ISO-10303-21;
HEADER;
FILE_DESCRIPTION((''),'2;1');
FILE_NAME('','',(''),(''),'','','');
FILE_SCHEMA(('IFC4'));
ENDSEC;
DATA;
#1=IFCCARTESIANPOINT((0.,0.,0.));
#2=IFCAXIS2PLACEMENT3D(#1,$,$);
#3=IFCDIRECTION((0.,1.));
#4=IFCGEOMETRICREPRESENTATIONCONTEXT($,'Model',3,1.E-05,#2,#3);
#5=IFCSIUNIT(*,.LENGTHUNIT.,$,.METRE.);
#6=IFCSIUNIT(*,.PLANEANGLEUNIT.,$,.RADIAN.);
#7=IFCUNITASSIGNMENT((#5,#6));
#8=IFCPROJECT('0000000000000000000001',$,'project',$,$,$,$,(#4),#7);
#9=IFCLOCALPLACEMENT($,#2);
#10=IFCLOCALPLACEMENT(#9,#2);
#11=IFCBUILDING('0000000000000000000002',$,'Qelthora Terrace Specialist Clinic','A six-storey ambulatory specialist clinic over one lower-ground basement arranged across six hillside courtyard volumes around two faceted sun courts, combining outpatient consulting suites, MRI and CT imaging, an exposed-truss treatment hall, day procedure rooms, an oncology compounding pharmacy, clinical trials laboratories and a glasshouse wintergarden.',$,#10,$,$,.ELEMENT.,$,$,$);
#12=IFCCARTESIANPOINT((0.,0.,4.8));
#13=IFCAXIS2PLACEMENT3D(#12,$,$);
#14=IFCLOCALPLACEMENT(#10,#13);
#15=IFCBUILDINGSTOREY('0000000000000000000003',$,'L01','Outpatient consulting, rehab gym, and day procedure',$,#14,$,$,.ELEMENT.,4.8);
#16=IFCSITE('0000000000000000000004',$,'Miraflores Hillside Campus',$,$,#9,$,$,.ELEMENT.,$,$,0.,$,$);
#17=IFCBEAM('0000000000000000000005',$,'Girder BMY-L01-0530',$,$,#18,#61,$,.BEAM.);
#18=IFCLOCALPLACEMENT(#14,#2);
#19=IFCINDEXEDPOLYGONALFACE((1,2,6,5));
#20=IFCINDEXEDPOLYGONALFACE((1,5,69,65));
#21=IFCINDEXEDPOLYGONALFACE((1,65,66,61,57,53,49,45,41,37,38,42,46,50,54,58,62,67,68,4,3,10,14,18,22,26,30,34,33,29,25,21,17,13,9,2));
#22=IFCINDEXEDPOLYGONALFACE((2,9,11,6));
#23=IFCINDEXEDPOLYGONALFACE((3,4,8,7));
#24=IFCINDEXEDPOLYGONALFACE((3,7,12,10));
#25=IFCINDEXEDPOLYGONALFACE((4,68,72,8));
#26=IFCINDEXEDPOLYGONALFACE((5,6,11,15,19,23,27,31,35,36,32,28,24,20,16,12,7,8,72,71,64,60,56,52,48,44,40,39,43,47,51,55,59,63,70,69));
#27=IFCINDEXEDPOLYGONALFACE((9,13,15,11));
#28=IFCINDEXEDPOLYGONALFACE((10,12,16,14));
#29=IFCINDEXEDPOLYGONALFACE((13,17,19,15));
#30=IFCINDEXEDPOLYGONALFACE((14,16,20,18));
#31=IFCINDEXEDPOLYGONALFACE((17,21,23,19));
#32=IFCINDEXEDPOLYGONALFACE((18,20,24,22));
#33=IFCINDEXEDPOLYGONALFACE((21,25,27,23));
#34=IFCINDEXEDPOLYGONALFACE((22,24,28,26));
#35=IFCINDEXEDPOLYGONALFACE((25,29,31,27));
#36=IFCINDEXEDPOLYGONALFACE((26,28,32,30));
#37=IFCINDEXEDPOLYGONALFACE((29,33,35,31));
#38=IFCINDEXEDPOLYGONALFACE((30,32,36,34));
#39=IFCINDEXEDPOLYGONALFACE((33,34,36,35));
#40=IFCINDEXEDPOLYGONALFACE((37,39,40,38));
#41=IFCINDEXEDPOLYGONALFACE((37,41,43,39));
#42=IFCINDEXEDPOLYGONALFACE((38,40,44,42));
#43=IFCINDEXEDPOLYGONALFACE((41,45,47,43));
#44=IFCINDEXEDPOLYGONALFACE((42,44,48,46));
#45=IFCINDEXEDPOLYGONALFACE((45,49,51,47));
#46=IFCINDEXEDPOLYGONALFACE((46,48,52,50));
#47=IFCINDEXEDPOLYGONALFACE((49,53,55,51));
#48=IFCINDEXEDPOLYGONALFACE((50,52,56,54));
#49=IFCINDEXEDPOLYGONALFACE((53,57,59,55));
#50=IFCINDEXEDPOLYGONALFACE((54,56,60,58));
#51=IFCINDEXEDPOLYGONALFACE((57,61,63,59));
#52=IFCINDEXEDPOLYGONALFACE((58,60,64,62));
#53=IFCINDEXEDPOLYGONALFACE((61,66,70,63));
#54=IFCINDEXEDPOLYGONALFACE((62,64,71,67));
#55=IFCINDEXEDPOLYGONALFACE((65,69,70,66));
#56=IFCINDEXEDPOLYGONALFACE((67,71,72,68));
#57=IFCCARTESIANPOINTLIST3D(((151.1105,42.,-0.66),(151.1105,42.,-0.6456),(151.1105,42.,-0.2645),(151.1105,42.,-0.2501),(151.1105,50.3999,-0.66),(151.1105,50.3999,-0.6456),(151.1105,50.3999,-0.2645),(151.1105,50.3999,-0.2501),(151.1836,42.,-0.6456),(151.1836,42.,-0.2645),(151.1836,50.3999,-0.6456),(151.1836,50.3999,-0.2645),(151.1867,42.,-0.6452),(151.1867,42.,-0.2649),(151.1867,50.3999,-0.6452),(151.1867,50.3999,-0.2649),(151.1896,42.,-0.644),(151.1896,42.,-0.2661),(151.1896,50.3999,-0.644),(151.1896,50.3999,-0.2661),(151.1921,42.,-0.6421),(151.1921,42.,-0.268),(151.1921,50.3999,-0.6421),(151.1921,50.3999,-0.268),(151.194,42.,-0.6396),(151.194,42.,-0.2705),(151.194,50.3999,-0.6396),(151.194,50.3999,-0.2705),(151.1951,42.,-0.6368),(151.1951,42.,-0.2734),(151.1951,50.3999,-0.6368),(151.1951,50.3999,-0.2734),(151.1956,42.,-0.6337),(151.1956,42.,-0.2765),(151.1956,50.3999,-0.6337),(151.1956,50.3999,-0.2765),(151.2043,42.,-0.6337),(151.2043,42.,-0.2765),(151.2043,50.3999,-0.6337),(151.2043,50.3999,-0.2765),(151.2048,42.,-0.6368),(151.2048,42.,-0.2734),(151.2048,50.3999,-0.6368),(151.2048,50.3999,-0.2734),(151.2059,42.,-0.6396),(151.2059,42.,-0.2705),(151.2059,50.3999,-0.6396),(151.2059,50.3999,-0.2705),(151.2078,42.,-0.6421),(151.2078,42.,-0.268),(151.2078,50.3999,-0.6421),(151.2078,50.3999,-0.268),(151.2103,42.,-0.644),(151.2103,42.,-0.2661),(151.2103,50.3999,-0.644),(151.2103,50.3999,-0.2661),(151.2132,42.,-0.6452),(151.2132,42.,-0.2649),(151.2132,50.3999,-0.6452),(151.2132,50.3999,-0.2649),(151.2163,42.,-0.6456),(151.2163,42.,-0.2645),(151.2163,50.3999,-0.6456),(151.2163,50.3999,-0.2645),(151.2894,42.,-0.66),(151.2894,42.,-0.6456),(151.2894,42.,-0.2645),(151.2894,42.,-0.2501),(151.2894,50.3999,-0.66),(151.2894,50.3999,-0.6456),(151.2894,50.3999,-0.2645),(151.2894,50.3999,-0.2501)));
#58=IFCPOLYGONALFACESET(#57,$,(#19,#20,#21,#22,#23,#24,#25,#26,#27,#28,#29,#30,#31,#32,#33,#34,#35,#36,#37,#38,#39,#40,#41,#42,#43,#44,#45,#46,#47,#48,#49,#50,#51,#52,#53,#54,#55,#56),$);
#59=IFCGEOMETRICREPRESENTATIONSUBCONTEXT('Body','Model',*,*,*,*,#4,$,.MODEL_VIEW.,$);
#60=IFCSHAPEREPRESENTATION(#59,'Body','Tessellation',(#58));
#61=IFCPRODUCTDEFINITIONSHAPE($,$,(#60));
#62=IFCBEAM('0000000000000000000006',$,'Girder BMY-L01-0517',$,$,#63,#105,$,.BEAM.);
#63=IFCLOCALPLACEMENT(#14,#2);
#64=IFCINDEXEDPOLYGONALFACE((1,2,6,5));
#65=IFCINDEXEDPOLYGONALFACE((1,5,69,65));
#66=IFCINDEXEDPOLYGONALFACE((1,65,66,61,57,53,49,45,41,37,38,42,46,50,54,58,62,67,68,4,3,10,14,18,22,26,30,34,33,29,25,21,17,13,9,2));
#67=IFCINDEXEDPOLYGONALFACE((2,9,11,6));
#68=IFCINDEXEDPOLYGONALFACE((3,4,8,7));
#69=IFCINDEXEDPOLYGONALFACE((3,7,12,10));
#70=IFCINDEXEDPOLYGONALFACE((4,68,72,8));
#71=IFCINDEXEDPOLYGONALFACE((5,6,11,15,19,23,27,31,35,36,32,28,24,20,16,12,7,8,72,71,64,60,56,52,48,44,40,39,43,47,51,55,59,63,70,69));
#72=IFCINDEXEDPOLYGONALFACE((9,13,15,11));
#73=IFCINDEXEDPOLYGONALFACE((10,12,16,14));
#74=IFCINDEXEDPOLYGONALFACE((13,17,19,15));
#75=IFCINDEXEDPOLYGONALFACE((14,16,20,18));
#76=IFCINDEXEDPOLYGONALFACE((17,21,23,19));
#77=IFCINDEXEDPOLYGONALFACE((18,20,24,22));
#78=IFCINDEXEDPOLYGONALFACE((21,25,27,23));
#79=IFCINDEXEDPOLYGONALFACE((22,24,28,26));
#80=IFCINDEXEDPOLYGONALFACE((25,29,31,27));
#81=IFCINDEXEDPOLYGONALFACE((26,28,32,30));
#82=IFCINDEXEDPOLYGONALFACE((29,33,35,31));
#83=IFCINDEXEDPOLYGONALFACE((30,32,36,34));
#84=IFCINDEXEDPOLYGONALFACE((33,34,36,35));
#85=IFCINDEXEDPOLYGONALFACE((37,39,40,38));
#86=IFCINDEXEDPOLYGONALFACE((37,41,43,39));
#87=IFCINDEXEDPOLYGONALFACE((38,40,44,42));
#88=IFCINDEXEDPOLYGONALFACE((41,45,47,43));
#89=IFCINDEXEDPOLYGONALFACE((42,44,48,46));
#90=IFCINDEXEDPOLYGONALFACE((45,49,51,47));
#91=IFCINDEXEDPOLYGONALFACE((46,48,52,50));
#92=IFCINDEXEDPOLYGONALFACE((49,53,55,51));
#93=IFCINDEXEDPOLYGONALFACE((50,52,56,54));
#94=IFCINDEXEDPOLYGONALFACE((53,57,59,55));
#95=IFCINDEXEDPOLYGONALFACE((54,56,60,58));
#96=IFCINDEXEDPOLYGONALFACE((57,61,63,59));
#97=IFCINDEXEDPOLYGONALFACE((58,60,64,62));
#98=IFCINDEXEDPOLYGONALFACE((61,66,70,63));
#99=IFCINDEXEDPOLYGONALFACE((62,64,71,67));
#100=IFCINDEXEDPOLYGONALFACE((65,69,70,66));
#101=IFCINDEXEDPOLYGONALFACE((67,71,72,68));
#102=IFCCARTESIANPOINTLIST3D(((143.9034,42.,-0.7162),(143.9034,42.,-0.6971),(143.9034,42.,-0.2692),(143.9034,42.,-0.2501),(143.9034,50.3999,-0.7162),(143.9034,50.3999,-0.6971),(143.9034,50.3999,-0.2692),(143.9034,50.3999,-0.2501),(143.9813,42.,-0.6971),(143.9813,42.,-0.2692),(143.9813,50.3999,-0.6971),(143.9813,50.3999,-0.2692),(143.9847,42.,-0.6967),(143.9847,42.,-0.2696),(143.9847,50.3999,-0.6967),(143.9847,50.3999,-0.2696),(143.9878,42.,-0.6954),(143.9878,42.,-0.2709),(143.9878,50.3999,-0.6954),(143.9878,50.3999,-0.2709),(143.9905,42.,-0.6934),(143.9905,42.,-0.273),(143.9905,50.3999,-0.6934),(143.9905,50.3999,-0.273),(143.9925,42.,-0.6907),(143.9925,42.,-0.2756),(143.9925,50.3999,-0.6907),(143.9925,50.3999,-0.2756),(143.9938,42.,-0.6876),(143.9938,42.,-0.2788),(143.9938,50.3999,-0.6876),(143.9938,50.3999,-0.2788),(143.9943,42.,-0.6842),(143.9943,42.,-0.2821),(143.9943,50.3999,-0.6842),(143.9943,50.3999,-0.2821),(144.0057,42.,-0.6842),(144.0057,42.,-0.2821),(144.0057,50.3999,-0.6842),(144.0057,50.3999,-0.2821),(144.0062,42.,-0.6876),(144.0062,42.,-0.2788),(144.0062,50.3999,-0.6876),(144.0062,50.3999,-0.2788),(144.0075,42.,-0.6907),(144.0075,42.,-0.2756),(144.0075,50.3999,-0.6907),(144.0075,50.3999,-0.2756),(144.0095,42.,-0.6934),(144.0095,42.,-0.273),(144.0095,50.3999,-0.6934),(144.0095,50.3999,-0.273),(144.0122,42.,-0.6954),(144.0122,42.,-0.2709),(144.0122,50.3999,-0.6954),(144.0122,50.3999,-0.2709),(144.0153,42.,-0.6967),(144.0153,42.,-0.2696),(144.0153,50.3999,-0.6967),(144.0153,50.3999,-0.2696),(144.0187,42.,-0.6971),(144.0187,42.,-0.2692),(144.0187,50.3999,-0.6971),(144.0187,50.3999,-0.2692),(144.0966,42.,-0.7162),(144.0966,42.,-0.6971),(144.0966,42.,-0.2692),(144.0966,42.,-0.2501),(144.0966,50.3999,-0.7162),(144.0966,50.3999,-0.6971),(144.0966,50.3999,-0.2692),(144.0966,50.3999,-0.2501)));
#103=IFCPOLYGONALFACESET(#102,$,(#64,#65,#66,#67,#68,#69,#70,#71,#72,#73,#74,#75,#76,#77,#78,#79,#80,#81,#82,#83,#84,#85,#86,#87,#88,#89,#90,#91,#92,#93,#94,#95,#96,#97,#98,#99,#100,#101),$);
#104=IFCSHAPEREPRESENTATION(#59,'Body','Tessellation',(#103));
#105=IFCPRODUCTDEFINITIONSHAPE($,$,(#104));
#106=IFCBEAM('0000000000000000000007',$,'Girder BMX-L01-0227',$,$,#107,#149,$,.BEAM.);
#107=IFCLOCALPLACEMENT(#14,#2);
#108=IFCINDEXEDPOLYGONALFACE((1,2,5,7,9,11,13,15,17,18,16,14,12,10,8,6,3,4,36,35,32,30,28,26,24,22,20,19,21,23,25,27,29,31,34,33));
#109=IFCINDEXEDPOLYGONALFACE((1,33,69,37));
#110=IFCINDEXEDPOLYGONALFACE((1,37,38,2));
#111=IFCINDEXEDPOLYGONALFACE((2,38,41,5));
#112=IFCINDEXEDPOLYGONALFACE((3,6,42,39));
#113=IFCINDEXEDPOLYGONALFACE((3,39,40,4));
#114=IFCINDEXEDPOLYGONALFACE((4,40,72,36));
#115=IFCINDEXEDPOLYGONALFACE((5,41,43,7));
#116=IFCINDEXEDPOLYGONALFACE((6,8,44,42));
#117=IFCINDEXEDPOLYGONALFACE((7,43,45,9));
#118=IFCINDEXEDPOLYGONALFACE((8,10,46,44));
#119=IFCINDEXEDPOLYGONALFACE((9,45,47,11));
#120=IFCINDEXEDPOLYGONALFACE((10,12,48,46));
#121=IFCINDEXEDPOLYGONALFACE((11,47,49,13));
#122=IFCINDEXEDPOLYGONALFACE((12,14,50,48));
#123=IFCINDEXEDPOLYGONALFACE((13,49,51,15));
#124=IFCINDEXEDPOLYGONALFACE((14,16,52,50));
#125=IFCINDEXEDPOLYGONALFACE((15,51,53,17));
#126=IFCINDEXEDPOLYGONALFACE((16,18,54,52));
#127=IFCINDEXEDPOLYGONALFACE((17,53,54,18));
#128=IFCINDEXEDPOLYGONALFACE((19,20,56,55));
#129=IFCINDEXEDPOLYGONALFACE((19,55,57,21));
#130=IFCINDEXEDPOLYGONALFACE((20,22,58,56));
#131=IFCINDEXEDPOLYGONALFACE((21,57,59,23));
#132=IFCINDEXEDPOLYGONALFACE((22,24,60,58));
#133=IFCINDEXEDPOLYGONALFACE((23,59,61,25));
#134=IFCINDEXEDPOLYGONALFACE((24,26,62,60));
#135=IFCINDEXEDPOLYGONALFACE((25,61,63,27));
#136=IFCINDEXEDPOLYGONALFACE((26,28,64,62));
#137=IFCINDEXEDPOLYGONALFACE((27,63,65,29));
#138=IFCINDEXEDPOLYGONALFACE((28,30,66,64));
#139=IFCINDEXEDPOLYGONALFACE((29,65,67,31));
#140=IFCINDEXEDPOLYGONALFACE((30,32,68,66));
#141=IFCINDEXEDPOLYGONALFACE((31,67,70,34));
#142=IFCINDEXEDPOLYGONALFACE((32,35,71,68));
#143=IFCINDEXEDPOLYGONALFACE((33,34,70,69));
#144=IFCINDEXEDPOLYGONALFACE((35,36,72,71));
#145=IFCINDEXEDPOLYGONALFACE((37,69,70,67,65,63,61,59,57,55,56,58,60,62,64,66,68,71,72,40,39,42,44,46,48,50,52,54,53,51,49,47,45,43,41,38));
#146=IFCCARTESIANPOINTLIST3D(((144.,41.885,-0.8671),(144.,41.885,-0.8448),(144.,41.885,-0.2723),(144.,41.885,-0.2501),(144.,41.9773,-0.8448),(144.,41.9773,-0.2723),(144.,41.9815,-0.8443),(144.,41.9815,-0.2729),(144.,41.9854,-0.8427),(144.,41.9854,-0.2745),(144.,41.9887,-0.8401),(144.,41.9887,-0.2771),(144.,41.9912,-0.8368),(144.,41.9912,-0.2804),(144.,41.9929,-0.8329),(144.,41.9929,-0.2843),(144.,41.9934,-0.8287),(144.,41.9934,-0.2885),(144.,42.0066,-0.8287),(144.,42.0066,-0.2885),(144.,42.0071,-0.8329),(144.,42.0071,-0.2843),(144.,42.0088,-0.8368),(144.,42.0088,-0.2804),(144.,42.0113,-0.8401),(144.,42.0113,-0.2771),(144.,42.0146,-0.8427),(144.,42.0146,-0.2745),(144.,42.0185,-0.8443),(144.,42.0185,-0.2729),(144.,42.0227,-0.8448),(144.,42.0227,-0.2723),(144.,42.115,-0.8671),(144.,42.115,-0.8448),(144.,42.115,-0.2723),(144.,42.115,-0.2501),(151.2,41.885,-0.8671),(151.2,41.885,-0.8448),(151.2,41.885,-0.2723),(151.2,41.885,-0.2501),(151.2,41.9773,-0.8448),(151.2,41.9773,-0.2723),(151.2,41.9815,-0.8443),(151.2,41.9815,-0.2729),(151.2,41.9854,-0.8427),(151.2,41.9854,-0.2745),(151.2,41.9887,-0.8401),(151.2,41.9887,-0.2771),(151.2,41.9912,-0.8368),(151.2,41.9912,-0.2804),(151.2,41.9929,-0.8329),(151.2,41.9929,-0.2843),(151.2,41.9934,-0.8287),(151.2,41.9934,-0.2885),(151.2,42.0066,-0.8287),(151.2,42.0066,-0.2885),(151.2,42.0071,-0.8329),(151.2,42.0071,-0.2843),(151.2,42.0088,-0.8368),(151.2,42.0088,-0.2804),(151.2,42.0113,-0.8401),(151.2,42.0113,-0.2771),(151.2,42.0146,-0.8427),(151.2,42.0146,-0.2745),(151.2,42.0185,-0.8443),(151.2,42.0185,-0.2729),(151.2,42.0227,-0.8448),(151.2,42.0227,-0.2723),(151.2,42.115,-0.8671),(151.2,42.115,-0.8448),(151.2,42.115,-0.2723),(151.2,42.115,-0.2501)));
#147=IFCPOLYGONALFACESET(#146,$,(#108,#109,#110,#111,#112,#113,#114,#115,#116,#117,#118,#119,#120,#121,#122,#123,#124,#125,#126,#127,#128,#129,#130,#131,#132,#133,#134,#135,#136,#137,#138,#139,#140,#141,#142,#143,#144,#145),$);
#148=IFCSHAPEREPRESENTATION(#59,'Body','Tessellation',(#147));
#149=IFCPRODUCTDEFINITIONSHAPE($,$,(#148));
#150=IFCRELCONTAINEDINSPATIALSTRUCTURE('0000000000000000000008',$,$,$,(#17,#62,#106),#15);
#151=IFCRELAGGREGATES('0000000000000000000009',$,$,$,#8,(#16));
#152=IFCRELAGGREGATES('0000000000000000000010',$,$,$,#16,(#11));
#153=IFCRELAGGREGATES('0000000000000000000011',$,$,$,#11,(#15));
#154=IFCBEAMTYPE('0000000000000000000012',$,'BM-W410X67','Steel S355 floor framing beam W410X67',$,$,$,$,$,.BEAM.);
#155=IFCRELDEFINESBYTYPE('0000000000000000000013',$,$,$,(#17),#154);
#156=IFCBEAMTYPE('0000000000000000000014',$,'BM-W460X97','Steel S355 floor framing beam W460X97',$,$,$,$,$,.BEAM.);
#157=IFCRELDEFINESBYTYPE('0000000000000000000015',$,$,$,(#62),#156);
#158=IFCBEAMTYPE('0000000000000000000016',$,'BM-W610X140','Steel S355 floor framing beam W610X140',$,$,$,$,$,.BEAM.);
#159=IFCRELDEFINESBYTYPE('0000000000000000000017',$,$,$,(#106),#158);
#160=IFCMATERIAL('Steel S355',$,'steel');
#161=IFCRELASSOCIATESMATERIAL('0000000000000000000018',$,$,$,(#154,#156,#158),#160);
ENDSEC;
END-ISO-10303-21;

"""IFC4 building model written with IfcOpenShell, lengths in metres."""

from ifc_helpers import new_model, si_unit, direction, frame, origin, origin_2d, place, context, subcontext, project, spatial, i_section, extrude, material, material_profile, profile_set, type_object, element, save


model = new_model("IFC4")

# Units and contexts
model_context = context("Model", 3, precision=1e-05, world=origin(), true_north=direction((0.0, 1.0)))
body_context = subcontext(model_context, "Body", "Model", "MODEL_VIEW")
ifc_project = project(units=[si_unit("LENGTHUNIT", "METRE"), si_unit("PLANEANGLEUNIT", "RADIAN")], contexts=[model_context])

# Site, building, storey
site_placement = place(None, origin())
site = spatial("IfcSite", under=ifc_project, at=site_placement, Name="Miraflores Hillside Campus", CompositionType="ELEMENT", RefElevation=0.0)
building_placement = place(site_placement, origin())
building = spatial("IfcBuilding", under=site, at=building_placement, Name="Qelthora Terrace Specialist Clinic", Description="A six-storey ambulatory specialist clinic over one lower-ground basement arranged across six hillside courtyard volumes around two faceted sun courts, combining outpatient consulting suites, MRI and CT imaging, an exposed-truss treatment hall, day procedure rooms, an oncology compounding pharmacy, clinical trials laboratories and a glasshouse wintergarden.", CompositionType="ELEMENT")
storey_placement = place(building_placement, frame((0.0, 0.0, 4.8)))
storey = spatial("IfcBuildingStorey", under=building, at=storey_placement, Name="L01", Description="Outpatient consulting, rehab gym, and day procedure", CompositionType="ELEMENT", Elevation=4.8)

# Shared definitions
ifc_material_1 = material(Name="Steel S355", Category="steel")

# Beams
ifc_material_profile_1 = material_profile(ifc_material_1, i_section(OverallWidth=0.179, OverallDepth=0.4099, WebThickness=0.0088, FlangeThickness=0.0144, FilletRadius=0.012, at=origin_2d()), Name="W410X67")
ifc_profile_set_1 = profile_set([ifc_material_profile_1], Name="Steel S355")
beam_type_1 = type_object("IfcBeamType", Name="BM-W410X67", Description="Steel S355 floor framing beam W410X67", PredefinedType="BEAM", material=ifc_profile_set_1)
beam_1_placement = place(storey_placement, frame((151.2, 42.0, -0.4551), z_axis=(0.0, 1.0, 0.0), x_axis=(-1.0, 0.0, 0.0)))
element("IfcBeam", 1, at=beam_1_placement, inside=storey, type_object=beam_type_1, Name="Girder BMY-L01-0530", PredefinedType="BEAM", context=body_context, shape_type="SweptSolid", body=[
    extrude(i_section(OverallWidth=0.179, OverallDepth=0.4099, WebThickness=0.0088, FlangeThickness=0.0144, FilletRadius=0.012, at=origin_2d()), origin(), (0.0, 0.0, 1.0), 8.3999),
])
ifc_material_profile_2 = material_profile(ifc_material_1, i_section(OverallWidth=0.1931, OverallDepth=0.4661, WebThickness=0.0115, FlangeThickness=0.019, FilletRadius=0.0129, at=origin_2d()), Name="W460X97")
ifc_profile_set_2 = profile_set([ifc_material_profile_2], Name="Steel S355")
beam_type_2 = type_object("IfcBeamType", Name="BM-W460X97", Description="Steel S355 floor framing beam W460X97", PredefinedType="BEAM", material=ifc_profile_set_2)
beam_2_placement = place(storey_placement, frame((144.0, 42.0, -0.4832), z_axis=(0.0, 1.0, 0.0), x_axis=(-1.0, 0.0, 0.0)))
element("IfcBeam", 2, at=beam_2_placement, inside=storey, type_object=beam_type_2, Name="Girder BMY-L01-0517", PredefinedType="BEAM", context=body_context, shape_type="SweptSolid", body=[
    extrude(i_section(OverallWidth=0.1931, OverallDepth=0.4661, WebThickness=0.0115, FlangeThickness=0.019, FilletRadius=0.0129, at=origin_2d()), origin(), (0.0, 0.0, 1.0), 8.3999),
])
ifc_material_profile_3 = material_profile(ifc_material_1, i_section(OverallWidth=0.23, OverallDepth=0.6169, WebThickness=0.0132, FlangeThickness=0.0222, FilletRadius=0.0161, at=origin_2d()), Name="W610X140")
ifc_profile_set_3 = profile_set([ifc_material_profile_3], Name="Steel S355")
beam_type_3 = type_object("IfcBeamType", Name="BM-W610X140", Description="Steel S355 floor framing beam W610X140", PredefinedType="BEAM", material=ifc_profile_set_3)
beam_3_placement = place(storey_placement, frame((144.0, 42.0, -0.5586), z_axis=(1.0, 0.0, 0.0), x_axis=(0.0, 1.0, 0.0)))
element("IfcBeam", 3, at=beam_3_placement, inside=storey, type_object=beam_type_3, Name="Girder BMX-L01-0227", PredefinedType="BEAM", context=body_context, shape_type="SweptSolid", body=[
    extrude(i_section(OverallWidth=0.23, OverallDepth=0.6169, WebThickness=0.0132, FlangeThickness=0.0222, FilletRadius=0.0161, at=origin_2d()), origin(), (0.0, 0.0, 1.0), 7.2),
])

save(model, "model.ifc")
